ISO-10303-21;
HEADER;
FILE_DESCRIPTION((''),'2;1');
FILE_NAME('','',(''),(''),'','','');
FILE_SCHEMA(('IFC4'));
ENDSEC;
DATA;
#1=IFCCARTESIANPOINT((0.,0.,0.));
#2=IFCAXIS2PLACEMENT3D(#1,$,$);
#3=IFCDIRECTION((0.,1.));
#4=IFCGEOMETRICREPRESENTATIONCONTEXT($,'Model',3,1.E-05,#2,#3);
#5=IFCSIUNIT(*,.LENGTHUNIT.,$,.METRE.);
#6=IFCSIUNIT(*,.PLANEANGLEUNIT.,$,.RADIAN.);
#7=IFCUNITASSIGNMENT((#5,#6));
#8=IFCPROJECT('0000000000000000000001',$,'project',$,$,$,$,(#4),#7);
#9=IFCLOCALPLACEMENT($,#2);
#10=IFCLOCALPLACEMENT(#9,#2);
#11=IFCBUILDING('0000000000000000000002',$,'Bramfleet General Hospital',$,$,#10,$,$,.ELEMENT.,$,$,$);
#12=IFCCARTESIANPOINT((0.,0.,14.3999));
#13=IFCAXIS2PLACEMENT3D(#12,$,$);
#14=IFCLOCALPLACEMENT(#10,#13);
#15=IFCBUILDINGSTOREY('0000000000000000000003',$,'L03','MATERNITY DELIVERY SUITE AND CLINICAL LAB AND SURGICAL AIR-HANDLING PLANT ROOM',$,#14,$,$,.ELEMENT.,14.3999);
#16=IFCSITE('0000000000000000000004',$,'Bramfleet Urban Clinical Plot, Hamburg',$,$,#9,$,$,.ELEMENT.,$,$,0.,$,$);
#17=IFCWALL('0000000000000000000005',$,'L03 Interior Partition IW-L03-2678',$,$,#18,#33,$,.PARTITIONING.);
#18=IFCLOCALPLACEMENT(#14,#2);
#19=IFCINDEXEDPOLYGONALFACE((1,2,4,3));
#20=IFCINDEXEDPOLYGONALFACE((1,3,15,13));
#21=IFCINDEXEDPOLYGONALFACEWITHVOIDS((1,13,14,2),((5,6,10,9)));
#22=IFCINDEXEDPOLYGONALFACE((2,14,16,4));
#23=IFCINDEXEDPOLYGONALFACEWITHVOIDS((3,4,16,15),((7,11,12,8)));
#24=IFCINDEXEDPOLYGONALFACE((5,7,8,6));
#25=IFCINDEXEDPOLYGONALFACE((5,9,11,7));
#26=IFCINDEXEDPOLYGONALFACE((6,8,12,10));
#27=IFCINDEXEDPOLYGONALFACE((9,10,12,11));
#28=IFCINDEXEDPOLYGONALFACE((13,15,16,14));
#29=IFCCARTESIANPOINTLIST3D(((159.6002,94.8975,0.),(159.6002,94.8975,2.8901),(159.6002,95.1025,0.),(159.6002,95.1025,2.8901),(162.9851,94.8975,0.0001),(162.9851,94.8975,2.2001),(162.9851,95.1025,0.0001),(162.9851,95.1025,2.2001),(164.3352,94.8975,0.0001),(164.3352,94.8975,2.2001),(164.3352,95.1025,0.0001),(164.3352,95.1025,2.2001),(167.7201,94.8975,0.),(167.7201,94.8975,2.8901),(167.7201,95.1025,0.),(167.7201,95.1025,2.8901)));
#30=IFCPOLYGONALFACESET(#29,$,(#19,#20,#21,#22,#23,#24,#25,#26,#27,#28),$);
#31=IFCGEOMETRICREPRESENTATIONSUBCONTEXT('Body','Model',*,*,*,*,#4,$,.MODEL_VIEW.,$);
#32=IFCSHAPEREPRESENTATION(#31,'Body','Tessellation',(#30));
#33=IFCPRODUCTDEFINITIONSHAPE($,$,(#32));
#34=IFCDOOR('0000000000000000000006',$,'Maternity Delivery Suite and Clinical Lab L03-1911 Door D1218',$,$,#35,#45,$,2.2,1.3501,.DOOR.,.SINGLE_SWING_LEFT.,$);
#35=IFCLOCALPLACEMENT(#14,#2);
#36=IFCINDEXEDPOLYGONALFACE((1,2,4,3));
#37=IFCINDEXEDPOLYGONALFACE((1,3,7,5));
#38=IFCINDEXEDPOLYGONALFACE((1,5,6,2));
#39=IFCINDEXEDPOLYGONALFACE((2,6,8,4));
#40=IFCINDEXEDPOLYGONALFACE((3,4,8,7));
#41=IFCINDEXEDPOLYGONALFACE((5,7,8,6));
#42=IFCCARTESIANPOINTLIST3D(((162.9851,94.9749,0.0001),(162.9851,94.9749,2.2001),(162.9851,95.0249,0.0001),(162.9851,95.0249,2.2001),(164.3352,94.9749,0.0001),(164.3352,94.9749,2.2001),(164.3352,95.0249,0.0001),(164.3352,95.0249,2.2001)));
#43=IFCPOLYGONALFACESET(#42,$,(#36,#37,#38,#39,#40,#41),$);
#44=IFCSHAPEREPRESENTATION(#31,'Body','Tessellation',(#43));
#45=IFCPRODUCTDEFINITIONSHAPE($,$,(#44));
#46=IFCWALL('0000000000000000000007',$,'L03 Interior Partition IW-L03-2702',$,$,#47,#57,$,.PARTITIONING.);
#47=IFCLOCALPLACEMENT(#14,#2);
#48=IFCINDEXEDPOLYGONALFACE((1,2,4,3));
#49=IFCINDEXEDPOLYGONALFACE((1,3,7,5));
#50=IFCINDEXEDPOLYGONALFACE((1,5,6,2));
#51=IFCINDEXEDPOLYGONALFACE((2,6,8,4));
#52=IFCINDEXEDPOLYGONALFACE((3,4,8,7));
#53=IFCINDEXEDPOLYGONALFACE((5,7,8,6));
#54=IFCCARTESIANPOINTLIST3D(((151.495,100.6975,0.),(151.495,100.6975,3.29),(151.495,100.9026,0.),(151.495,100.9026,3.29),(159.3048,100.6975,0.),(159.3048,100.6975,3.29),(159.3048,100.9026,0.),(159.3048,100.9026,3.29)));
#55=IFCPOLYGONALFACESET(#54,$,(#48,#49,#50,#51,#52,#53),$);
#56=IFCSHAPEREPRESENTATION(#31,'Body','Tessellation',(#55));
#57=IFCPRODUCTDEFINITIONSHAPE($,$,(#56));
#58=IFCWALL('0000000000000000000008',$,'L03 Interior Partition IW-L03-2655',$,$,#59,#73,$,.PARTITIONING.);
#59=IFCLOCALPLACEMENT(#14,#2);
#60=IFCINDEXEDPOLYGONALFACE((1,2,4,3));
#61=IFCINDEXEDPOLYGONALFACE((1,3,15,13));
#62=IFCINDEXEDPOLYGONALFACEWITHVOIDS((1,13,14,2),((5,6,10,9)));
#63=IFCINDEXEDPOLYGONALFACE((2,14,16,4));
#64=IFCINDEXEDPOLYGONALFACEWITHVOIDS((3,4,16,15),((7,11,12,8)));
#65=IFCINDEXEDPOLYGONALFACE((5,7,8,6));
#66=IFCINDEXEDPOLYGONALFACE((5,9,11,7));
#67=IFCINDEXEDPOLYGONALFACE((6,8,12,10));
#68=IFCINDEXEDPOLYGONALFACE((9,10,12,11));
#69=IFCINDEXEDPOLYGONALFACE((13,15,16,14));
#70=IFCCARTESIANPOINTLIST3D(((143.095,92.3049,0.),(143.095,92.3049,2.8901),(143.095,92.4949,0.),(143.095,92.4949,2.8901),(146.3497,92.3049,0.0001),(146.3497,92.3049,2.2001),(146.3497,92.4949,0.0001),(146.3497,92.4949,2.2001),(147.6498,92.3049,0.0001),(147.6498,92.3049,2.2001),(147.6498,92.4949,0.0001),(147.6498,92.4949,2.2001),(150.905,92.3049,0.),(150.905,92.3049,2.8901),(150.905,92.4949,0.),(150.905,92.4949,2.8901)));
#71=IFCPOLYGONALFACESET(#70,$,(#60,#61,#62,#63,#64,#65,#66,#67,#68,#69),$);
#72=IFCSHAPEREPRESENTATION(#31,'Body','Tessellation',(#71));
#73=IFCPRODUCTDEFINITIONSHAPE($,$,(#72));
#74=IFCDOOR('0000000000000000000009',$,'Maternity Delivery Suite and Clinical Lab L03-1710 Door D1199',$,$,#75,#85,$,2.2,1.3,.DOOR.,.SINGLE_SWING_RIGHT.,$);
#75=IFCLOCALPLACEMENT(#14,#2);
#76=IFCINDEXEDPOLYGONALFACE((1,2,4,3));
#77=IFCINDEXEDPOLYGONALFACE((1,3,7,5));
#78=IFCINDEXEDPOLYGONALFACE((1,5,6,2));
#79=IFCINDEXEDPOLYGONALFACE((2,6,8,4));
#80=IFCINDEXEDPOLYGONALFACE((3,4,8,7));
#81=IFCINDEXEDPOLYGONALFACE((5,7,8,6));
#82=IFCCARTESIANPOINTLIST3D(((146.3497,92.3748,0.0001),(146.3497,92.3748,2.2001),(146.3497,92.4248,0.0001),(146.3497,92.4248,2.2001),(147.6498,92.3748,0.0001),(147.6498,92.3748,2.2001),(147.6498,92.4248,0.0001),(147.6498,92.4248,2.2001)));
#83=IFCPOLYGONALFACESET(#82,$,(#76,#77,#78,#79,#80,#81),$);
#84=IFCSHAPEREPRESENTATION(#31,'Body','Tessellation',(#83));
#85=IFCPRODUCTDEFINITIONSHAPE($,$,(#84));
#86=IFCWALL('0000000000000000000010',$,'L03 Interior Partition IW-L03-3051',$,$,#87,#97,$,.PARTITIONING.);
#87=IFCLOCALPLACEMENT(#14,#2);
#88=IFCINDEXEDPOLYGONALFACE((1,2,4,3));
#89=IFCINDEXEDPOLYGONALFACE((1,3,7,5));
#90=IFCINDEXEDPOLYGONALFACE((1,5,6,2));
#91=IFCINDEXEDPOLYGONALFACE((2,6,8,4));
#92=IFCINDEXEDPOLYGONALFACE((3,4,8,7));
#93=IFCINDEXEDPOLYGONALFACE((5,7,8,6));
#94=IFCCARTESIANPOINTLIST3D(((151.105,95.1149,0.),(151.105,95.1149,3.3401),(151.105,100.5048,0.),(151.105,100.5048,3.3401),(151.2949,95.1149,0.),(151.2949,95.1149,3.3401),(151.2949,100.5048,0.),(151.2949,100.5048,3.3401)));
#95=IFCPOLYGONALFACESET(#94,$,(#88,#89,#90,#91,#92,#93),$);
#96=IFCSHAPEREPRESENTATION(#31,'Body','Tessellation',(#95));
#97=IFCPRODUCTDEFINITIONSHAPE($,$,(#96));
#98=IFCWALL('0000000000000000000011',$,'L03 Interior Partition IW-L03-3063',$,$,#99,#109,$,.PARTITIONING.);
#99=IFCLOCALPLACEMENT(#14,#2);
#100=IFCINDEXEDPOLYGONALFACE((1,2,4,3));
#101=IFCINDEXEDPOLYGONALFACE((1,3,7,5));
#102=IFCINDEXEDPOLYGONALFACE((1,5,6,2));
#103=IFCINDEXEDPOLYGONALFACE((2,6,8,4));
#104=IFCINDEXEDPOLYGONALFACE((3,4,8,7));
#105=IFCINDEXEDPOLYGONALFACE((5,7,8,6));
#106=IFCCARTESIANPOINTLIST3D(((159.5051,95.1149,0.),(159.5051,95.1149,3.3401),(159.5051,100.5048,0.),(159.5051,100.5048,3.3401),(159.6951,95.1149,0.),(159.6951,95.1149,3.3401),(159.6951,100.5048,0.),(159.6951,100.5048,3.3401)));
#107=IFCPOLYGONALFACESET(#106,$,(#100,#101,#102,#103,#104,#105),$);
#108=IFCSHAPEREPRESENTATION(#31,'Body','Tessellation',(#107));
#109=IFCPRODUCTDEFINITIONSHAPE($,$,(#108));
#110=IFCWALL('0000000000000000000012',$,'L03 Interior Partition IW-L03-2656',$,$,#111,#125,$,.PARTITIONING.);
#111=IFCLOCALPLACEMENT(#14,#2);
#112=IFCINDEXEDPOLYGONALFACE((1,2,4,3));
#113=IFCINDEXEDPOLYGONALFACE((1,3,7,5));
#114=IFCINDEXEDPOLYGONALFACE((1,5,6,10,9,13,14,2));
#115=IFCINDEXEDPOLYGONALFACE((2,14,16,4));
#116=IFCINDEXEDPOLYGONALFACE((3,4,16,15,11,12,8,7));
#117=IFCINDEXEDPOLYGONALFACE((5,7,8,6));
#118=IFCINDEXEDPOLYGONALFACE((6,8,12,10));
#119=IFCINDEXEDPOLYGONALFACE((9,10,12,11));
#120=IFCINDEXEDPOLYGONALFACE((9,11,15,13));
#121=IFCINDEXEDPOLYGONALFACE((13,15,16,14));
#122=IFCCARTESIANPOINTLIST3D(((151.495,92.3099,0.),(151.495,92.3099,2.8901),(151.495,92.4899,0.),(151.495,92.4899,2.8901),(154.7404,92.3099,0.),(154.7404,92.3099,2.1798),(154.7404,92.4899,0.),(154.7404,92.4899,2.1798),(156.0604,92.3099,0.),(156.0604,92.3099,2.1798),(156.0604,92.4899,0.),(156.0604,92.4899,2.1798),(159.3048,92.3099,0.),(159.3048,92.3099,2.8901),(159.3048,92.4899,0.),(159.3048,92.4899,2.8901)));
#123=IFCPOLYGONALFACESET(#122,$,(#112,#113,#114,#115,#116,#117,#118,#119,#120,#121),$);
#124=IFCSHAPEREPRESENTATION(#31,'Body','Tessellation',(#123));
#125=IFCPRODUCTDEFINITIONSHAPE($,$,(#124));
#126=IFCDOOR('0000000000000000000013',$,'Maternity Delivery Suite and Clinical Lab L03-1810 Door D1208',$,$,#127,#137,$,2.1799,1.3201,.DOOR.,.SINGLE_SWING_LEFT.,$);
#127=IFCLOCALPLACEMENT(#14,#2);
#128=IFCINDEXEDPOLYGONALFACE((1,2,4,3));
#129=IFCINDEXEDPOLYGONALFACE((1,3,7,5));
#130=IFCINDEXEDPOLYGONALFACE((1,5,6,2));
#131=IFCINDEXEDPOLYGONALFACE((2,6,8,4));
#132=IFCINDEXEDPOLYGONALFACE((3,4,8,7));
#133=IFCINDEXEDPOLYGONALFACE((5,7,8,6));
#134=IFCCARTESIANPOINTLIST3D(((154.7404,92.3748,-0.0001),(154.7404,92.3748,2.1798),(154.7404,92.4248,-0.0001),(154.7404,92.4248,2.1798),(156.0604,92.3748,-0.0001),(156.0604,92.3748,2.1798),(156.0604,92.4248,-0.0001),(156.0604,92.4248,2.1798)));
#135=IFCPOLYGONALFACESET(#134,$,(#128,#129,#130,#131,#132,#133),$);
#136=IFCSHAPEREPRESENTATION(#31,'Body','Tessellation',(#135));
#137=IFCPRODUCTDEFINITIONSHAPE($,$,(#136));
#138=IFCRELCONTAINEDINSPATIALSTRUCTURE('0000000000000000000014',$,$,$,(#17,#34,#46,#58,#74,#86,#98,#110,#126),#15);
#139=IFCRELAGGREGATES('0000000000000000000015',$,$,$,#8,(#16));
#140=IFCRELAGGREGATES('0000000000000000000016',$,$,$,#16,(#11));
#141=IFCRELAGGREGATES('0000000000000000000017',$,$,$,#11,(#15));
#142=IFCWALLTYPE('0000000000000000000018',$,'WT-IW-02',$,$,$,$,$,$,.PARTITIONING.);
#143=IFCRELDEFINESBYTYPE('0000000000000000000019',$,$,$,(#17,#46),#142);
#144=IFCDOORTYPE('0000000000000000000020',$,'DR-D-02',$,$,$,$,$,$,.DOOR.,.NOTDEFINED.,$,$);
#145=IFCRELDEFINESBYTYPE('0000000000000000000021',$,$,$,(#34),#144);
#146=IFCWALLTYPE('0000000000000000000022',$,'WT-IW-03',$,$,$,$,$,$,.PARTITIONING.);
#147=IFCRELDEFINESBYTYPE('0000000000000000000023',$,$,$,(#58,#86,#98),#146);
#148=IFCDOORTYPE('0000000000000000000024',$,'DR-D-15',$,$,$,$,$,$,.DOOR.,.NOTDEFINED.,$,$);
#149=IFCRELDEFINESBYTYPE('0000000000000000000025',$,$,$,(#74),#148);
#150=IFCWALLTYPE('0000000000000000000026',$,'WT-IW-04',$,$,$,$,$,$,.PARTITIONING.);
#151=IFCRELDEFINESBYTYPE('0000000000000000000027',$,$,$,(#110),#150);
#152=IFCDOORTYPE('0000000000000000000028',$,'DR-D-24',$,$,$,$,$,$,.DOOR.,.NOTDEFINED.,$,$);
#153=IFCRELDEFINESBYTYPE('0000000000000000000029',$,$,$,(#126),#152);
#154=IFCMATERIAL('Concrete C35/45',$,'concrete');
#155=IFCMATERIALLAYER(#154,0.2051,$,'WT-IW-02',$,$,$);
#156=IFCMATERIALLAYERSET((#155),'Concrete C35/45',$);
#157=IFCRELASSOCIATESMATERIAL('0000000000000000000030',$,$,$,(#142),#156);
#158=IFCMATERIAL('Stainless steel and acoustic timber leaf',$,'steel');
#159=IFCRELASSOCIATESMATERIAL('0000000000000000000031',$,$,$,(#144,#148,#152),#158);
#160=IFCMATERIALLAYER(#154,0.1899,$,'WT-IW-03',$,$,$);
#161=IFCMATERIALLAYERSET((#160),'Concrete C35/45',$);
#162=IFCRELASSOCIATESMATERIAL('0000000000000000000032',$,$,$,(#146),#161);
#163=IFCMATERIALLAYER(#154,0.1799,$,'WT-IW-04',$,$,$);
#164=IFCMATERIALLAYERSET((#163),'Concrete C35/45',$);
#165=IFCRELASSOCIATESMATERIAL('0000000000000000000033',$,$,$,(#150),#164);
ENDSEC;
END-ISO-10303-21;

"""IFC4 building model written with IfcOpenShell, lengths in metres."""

from ifc_helpers import new_model, si_unit, direction, frame, frame_2d, origin, place, context, subcontext, project, spatial, rectangle, extrude, material, layer, layer_set, type_object, element, fill, save


model = new_model("IFC4")

# Units and contexts
model_context = context("Model", 3, precision=1e-05, world=origin(), true_north=direction((0.0, 1.0)))
body_context = subcontext(model_context, "Body", "Model", "MODEL_VIEW")
ifc_project = project(units=[si_unit("LENGTHUNIT", "METRE"), si_unit("PLANEANGLEUNIT", "RADIAN")], contexts=[model_context])

# Site, building, storey
site_placement = place(None, origin())
site = spatial("IfcSite", under=ifc_project, at=site_placement, Name="Bramfleet Urban Clinical Plot, Hamburg", CompositionType="ELEMENT", RefElevation=0.0)
building_placement = place(site_placement, origin())
building = spatial("IfcBuilding", under=site, at=building_placement, Name="Bramfleet General Hospital", CompositionType="ELEMENT")
storey_placement = place(building_placement, frame((0.0, 0.0, 14.3999)))
storey = spatial("IfcBuildingStorey", under=building, at=storey_placement, Name="L03", Description="MATERNITY DELIVERY SUITE AND CLINICAL LAB AND SURGICAL AIR-HANDLING PLANT ROOM", CompositionType="ELEMENT", Elevation=14.3999)

# Shared definitions
ifc_material_1 = material(Name="Concrete C35/45", Category="concrete")

# Shared definitions
ifc_material_2 = material(Name="Stainless steel and acoustic timber leaf", Category="steel")

# Wall, opening, door
ifc_layer_1 = layer(ifc_material_1, 0.2051, Name="WT-IW-02")
ifc_layer_set_1 = layer_set([ifc_layer_1], Name="Concrete C35/45")
wall_type_1 = type_object("IfcWallType", Name="WT-IW-02", PredefinedType="PARTITIONING", material=ifc_layer_set_1)
wall_1_placement = place(storey_placement, frame((159.6001, 95.0, 0.0), z_axis=(0.0, 0.0, 1.0), x_axis=(1.0, 0.0, 0.0)))
wall_1 = element("IfcWall", 1, at=wall_1_placement, inside=storey, type_object=wall_type_1, Name="L03 Interior Partition IW-L03-2678", PredefinedType="PARTITIONING", context=body_context, shape_type="SweptSolid", body=[
    extrude(rectangle(XDim=8.1199, YDim=0.2051, at=frame_2d((4.0601, 0.0))), origin(), (0.0, 0.0, 1.0), 2.8901),
])
opening_1_placement = place(wall_1_placement, frame((3.385, 0.0, 0.0)))
opening_1 = element("IfcOpeningElement", 2, at=opening_1_placement, cuts=wall_1, PredefinedType="OPENING", context=body_context, shape_type="SweptSolid", body=[
    extrude(rectangle(XDim=1.3501, YDim=2.2, at=frame_2d((0.675, 1.1001))), frame((0.0, 0.1125, 0.0), z_axis=(0.0, -1.0, 0.0), x_axis=(1.0, 0.0, 0.0)), (0.0, 0.0, 1.0), 0.2251),
])
door_type_1 = type_object("IfcDoorType", Name="DR-D-02", OperationType="NOTDEFINED", PredefinedType="DOOR", material=ifc_material_2)
door_1_placement = place(opening_1_placement, origin())
door_1 = element("IfcDoor", 3, at=door_1_placement, inside=storey, type_object=door_type_1, Name="Maternity Delivery Suite and Clinical Lab L03-1911 Door D1218", OperationType="SINGLE_SWING_LEFT", OverallHeight=2.2, OverallWidth=1.3501, PredefinedType="DOOR", context=body_context, shape_type="SweptSolid", body=[
    extrude(rectangle(XDim=1.3501, YDim=2.2, at=frame_2d((0.675, 1.1001))), frame((0.0, 0.0249, 0.0), z_axis=(0.0, -1.0, 0.0), x_axis=(1.0, 0.0, 0.0)), (0.0, 0.0, 1.0), 0.05),
])
fill(opening_1, door_1)

# Wall
wall_2_placement = place(storey_placement, frame((151.4951, 100.8, 0.0), z_axis=(0.0, 0.0, 1.0), x_axis=(1.0, 0.0, 0.0)))
element("IfcWall", 4, at=wall_2_placement, inside=storey, type_object=wall_type_1, Name="L03 Interior Partition IW-L03-2702", PredefinedType="PARTITIONING", context=body_context, shape_type="SweptSolid", body=[
    extrude(rectangle(XDim=7.8098, YDim=0.2051, at=frame_2d((3.9048, 0.0))), origin(), (0.0, 0.0, 1.0), 3.29),
])

# Wall, opening, door
ifc_layer_2 = layer(ifc_material_1, 0.1899, Name="WT-IW-03")
ifc_layer_set_2 = layer_set([ifc_layer_2], Name="Concrete C35/45")
wall_type_2 = type_object("IfcWallType", Name="WT-IW-03", PredefinedType="PARTITIONING", material=ifc_layer_set_2)
wall_3_placement = place(storey_placement, frame((143.095, 92.3999, 0.0), z_axis=(0.0, 0.0, 1.0), x_axis=(1.0, 0.0, 0.0)))
wall_3 = element("IfcWall", 5, at=wall_3_placement, inside=storey, type_object=wall_type_2, Name="L03 Interior Partition IW-L03-2655", PredefinedType="PARTITIONING", context=body_context, shape_type="SweptSolid", body=[
    extrude(rectangle(XDim=7.8101, YDim=0.1899, at=frame_2d((3.905, 0.0))), origin(), (0.0, 0.0, 1.0), 2.8901),
])
opening_2_placement = place(wall_3_placement, frame((3.2549, 0.0, 0.0)))
opening_2 = element("IfcOpeningElement", 6, at=opening_2_placement, cuts=wall_3, PredefinedType="OPENING", context=body_context, shape_type="SweptSolid", body=[
    extrude(rectangle(XDim=1.3, YDim=2.2, at=frame_2d((0.6499, 1.1001))), frame((0.0, 0.105, 0.0), z_axis=(0.0, -1.0, 0.0), x_axis=(1.0, 0.0, 0.0)), (0.0, 0.0, 1.0), 0.21),
])
door_type_2 = type_object("IfcDoorType", Name="DR-D-15", OperationType="NOTDEFINED", PredefinedType="DOOR", material=ifc_material_2)
door_2_placement = place(opening_2_placement, origin())
door_2 = element("IfcDoor", 7, at=door_2_placement, inside=storey, type_object=door_type_2, Name="Maternity Delivery Suite and Clinical Lab L03-1710 Door D1199", OperationType="SINGLE_SWING_RIGHT", OverallHeight=2.2, OverallWidth=1.3, PredefinedType="DOOR", context=body_context, shape_type="SweptSolid", body=[
    extrude(rectangle(XDim=1.3, YDim=2.2, at=frame_2d((0.6499, 1.1001))), frame((0.0, 0.0249, 0.0), z_axis=(0.0, -1.0, 0.0), x_axis=(1.0, 0.0, 0.0)), (0.0, 0.0, 1.0), 0.05),
])
fill(opening_2, door_2)

# Walls
for number, where, z_axis, x_axis, name in (
    (8, (151.2, 95.115, 0.0), (0.0, 0.0, 1.0), (0.0, 1.0, 0.0), "L03 Interior Partition IW-L03-3051"),
    (9, (159.6001, 95.115, 0.0), (0.0, 0.0, 1.0), (0.0, 1.0, 0.0), "L03 Interior Partition IW-L03-3063"),
):
    element("IfcWall", number, at=place(storey_placement, frame(where, z_axis=z_axis, x_axis=x_axis)), inside=storey, type_object=wall_type_2, Name=name, PredefinedType="PARTITIONING", context=body_context, shape_type="SweptSolid", body=[
        extrude(rectangle(XDim=5.3899, YDim=0.1899, at=frame_2d((2.6948, 0.0))), origin(), (0.0, 0.0, 1.0), 3.3401),
    ])

# Wall, opening, door
ifc_layer_3 = layer(ifc_material_1, 0.1799, Name="WT-IW-04")
ifc_layer_set_3 = layer_set([ifc_layer_3], Name="Concrete C35/45")
wall_type_3 = type_object("IfcWallType", Name="WT-IW-04", PredefinedType="PARTITIONING", material=ifc_layer_set_3)
wall_4_placement = place(storey_placement, frame((151.4951, 92.3999, 0.0), z_axis=(0.0, 0.0, 1.0), x_axis=(1.0, 0.0, 0.0)))
wall_4 = element("IfcWall", 10, at=wall_4_placement, inside=storey, type_object=wall_type_3, Name="L03 Interior Partition IW-L03-2656", PredefinedType="PARTITIONING", context=body_context, shape_type="SweptSolid", body=[
    extrude(rectangle(XDim=7.8098, YDim=0.1799, at=frame_2d((3.9048, 0.0))), origin(), (0.0, 0.0, 1.0), 2.8901),
])
opening_3_placement = place(wall_4_placement, frame((3.2451, 0.0, 0.0)))
opening_3 = element("IfcOpeningElement", 11, at=opening_3_placement, cuts=wall_4, PredefinedType="OPENING", context=body_context, shape_type="SweptSolid", body=[
    extrude(rectangle(XDim=1.3201, YDim=2.1799, at=frame_2d((0.6602, 1.0898))), frame((0.0, 0.0999, 0.0), z_axis=(0.0, -1.0, 0.0), x_axis=(1.0, 0.0, 0.0)), (0.0, 0.0, 1.0), 0.2),
])
door_type_3 = type_object("IfcDoorType", Name="DR-D-24", OperationType="NOTDEFINED", PredefinedType="DOOR", material=ifc_material_2)
door_3_placement = place(opening_3_placement, origin())
door_3 = element("IfcDoor", 12, at=door_3_placement, inside=storey, type_object=door_type_3, Name="Maternity Delivery Suite and Clinical Lab L03-1810 Door D1208", OperationType="SINGLE_SWING_LEFT", OverallHeight=2.1799, OverallWidth=1.3201, PredefinedType="DOOR", context=body_context, shape_type="SweptSolid", body=[
    extrude(rectangle(XDim=1.3201, YDim=2.1799, at=frame_2d((0.6602, 1.0898))), frame((0.0, 0.0249, 0.0), z_axis=(0.0, -1.0, 0.0), x_axis=(1.0, 0.0, 0.0)), (0.0, 0.0, 1.0), 0.05),
])
fill(opening_3, door_3)

save(model, "model.ifc")
